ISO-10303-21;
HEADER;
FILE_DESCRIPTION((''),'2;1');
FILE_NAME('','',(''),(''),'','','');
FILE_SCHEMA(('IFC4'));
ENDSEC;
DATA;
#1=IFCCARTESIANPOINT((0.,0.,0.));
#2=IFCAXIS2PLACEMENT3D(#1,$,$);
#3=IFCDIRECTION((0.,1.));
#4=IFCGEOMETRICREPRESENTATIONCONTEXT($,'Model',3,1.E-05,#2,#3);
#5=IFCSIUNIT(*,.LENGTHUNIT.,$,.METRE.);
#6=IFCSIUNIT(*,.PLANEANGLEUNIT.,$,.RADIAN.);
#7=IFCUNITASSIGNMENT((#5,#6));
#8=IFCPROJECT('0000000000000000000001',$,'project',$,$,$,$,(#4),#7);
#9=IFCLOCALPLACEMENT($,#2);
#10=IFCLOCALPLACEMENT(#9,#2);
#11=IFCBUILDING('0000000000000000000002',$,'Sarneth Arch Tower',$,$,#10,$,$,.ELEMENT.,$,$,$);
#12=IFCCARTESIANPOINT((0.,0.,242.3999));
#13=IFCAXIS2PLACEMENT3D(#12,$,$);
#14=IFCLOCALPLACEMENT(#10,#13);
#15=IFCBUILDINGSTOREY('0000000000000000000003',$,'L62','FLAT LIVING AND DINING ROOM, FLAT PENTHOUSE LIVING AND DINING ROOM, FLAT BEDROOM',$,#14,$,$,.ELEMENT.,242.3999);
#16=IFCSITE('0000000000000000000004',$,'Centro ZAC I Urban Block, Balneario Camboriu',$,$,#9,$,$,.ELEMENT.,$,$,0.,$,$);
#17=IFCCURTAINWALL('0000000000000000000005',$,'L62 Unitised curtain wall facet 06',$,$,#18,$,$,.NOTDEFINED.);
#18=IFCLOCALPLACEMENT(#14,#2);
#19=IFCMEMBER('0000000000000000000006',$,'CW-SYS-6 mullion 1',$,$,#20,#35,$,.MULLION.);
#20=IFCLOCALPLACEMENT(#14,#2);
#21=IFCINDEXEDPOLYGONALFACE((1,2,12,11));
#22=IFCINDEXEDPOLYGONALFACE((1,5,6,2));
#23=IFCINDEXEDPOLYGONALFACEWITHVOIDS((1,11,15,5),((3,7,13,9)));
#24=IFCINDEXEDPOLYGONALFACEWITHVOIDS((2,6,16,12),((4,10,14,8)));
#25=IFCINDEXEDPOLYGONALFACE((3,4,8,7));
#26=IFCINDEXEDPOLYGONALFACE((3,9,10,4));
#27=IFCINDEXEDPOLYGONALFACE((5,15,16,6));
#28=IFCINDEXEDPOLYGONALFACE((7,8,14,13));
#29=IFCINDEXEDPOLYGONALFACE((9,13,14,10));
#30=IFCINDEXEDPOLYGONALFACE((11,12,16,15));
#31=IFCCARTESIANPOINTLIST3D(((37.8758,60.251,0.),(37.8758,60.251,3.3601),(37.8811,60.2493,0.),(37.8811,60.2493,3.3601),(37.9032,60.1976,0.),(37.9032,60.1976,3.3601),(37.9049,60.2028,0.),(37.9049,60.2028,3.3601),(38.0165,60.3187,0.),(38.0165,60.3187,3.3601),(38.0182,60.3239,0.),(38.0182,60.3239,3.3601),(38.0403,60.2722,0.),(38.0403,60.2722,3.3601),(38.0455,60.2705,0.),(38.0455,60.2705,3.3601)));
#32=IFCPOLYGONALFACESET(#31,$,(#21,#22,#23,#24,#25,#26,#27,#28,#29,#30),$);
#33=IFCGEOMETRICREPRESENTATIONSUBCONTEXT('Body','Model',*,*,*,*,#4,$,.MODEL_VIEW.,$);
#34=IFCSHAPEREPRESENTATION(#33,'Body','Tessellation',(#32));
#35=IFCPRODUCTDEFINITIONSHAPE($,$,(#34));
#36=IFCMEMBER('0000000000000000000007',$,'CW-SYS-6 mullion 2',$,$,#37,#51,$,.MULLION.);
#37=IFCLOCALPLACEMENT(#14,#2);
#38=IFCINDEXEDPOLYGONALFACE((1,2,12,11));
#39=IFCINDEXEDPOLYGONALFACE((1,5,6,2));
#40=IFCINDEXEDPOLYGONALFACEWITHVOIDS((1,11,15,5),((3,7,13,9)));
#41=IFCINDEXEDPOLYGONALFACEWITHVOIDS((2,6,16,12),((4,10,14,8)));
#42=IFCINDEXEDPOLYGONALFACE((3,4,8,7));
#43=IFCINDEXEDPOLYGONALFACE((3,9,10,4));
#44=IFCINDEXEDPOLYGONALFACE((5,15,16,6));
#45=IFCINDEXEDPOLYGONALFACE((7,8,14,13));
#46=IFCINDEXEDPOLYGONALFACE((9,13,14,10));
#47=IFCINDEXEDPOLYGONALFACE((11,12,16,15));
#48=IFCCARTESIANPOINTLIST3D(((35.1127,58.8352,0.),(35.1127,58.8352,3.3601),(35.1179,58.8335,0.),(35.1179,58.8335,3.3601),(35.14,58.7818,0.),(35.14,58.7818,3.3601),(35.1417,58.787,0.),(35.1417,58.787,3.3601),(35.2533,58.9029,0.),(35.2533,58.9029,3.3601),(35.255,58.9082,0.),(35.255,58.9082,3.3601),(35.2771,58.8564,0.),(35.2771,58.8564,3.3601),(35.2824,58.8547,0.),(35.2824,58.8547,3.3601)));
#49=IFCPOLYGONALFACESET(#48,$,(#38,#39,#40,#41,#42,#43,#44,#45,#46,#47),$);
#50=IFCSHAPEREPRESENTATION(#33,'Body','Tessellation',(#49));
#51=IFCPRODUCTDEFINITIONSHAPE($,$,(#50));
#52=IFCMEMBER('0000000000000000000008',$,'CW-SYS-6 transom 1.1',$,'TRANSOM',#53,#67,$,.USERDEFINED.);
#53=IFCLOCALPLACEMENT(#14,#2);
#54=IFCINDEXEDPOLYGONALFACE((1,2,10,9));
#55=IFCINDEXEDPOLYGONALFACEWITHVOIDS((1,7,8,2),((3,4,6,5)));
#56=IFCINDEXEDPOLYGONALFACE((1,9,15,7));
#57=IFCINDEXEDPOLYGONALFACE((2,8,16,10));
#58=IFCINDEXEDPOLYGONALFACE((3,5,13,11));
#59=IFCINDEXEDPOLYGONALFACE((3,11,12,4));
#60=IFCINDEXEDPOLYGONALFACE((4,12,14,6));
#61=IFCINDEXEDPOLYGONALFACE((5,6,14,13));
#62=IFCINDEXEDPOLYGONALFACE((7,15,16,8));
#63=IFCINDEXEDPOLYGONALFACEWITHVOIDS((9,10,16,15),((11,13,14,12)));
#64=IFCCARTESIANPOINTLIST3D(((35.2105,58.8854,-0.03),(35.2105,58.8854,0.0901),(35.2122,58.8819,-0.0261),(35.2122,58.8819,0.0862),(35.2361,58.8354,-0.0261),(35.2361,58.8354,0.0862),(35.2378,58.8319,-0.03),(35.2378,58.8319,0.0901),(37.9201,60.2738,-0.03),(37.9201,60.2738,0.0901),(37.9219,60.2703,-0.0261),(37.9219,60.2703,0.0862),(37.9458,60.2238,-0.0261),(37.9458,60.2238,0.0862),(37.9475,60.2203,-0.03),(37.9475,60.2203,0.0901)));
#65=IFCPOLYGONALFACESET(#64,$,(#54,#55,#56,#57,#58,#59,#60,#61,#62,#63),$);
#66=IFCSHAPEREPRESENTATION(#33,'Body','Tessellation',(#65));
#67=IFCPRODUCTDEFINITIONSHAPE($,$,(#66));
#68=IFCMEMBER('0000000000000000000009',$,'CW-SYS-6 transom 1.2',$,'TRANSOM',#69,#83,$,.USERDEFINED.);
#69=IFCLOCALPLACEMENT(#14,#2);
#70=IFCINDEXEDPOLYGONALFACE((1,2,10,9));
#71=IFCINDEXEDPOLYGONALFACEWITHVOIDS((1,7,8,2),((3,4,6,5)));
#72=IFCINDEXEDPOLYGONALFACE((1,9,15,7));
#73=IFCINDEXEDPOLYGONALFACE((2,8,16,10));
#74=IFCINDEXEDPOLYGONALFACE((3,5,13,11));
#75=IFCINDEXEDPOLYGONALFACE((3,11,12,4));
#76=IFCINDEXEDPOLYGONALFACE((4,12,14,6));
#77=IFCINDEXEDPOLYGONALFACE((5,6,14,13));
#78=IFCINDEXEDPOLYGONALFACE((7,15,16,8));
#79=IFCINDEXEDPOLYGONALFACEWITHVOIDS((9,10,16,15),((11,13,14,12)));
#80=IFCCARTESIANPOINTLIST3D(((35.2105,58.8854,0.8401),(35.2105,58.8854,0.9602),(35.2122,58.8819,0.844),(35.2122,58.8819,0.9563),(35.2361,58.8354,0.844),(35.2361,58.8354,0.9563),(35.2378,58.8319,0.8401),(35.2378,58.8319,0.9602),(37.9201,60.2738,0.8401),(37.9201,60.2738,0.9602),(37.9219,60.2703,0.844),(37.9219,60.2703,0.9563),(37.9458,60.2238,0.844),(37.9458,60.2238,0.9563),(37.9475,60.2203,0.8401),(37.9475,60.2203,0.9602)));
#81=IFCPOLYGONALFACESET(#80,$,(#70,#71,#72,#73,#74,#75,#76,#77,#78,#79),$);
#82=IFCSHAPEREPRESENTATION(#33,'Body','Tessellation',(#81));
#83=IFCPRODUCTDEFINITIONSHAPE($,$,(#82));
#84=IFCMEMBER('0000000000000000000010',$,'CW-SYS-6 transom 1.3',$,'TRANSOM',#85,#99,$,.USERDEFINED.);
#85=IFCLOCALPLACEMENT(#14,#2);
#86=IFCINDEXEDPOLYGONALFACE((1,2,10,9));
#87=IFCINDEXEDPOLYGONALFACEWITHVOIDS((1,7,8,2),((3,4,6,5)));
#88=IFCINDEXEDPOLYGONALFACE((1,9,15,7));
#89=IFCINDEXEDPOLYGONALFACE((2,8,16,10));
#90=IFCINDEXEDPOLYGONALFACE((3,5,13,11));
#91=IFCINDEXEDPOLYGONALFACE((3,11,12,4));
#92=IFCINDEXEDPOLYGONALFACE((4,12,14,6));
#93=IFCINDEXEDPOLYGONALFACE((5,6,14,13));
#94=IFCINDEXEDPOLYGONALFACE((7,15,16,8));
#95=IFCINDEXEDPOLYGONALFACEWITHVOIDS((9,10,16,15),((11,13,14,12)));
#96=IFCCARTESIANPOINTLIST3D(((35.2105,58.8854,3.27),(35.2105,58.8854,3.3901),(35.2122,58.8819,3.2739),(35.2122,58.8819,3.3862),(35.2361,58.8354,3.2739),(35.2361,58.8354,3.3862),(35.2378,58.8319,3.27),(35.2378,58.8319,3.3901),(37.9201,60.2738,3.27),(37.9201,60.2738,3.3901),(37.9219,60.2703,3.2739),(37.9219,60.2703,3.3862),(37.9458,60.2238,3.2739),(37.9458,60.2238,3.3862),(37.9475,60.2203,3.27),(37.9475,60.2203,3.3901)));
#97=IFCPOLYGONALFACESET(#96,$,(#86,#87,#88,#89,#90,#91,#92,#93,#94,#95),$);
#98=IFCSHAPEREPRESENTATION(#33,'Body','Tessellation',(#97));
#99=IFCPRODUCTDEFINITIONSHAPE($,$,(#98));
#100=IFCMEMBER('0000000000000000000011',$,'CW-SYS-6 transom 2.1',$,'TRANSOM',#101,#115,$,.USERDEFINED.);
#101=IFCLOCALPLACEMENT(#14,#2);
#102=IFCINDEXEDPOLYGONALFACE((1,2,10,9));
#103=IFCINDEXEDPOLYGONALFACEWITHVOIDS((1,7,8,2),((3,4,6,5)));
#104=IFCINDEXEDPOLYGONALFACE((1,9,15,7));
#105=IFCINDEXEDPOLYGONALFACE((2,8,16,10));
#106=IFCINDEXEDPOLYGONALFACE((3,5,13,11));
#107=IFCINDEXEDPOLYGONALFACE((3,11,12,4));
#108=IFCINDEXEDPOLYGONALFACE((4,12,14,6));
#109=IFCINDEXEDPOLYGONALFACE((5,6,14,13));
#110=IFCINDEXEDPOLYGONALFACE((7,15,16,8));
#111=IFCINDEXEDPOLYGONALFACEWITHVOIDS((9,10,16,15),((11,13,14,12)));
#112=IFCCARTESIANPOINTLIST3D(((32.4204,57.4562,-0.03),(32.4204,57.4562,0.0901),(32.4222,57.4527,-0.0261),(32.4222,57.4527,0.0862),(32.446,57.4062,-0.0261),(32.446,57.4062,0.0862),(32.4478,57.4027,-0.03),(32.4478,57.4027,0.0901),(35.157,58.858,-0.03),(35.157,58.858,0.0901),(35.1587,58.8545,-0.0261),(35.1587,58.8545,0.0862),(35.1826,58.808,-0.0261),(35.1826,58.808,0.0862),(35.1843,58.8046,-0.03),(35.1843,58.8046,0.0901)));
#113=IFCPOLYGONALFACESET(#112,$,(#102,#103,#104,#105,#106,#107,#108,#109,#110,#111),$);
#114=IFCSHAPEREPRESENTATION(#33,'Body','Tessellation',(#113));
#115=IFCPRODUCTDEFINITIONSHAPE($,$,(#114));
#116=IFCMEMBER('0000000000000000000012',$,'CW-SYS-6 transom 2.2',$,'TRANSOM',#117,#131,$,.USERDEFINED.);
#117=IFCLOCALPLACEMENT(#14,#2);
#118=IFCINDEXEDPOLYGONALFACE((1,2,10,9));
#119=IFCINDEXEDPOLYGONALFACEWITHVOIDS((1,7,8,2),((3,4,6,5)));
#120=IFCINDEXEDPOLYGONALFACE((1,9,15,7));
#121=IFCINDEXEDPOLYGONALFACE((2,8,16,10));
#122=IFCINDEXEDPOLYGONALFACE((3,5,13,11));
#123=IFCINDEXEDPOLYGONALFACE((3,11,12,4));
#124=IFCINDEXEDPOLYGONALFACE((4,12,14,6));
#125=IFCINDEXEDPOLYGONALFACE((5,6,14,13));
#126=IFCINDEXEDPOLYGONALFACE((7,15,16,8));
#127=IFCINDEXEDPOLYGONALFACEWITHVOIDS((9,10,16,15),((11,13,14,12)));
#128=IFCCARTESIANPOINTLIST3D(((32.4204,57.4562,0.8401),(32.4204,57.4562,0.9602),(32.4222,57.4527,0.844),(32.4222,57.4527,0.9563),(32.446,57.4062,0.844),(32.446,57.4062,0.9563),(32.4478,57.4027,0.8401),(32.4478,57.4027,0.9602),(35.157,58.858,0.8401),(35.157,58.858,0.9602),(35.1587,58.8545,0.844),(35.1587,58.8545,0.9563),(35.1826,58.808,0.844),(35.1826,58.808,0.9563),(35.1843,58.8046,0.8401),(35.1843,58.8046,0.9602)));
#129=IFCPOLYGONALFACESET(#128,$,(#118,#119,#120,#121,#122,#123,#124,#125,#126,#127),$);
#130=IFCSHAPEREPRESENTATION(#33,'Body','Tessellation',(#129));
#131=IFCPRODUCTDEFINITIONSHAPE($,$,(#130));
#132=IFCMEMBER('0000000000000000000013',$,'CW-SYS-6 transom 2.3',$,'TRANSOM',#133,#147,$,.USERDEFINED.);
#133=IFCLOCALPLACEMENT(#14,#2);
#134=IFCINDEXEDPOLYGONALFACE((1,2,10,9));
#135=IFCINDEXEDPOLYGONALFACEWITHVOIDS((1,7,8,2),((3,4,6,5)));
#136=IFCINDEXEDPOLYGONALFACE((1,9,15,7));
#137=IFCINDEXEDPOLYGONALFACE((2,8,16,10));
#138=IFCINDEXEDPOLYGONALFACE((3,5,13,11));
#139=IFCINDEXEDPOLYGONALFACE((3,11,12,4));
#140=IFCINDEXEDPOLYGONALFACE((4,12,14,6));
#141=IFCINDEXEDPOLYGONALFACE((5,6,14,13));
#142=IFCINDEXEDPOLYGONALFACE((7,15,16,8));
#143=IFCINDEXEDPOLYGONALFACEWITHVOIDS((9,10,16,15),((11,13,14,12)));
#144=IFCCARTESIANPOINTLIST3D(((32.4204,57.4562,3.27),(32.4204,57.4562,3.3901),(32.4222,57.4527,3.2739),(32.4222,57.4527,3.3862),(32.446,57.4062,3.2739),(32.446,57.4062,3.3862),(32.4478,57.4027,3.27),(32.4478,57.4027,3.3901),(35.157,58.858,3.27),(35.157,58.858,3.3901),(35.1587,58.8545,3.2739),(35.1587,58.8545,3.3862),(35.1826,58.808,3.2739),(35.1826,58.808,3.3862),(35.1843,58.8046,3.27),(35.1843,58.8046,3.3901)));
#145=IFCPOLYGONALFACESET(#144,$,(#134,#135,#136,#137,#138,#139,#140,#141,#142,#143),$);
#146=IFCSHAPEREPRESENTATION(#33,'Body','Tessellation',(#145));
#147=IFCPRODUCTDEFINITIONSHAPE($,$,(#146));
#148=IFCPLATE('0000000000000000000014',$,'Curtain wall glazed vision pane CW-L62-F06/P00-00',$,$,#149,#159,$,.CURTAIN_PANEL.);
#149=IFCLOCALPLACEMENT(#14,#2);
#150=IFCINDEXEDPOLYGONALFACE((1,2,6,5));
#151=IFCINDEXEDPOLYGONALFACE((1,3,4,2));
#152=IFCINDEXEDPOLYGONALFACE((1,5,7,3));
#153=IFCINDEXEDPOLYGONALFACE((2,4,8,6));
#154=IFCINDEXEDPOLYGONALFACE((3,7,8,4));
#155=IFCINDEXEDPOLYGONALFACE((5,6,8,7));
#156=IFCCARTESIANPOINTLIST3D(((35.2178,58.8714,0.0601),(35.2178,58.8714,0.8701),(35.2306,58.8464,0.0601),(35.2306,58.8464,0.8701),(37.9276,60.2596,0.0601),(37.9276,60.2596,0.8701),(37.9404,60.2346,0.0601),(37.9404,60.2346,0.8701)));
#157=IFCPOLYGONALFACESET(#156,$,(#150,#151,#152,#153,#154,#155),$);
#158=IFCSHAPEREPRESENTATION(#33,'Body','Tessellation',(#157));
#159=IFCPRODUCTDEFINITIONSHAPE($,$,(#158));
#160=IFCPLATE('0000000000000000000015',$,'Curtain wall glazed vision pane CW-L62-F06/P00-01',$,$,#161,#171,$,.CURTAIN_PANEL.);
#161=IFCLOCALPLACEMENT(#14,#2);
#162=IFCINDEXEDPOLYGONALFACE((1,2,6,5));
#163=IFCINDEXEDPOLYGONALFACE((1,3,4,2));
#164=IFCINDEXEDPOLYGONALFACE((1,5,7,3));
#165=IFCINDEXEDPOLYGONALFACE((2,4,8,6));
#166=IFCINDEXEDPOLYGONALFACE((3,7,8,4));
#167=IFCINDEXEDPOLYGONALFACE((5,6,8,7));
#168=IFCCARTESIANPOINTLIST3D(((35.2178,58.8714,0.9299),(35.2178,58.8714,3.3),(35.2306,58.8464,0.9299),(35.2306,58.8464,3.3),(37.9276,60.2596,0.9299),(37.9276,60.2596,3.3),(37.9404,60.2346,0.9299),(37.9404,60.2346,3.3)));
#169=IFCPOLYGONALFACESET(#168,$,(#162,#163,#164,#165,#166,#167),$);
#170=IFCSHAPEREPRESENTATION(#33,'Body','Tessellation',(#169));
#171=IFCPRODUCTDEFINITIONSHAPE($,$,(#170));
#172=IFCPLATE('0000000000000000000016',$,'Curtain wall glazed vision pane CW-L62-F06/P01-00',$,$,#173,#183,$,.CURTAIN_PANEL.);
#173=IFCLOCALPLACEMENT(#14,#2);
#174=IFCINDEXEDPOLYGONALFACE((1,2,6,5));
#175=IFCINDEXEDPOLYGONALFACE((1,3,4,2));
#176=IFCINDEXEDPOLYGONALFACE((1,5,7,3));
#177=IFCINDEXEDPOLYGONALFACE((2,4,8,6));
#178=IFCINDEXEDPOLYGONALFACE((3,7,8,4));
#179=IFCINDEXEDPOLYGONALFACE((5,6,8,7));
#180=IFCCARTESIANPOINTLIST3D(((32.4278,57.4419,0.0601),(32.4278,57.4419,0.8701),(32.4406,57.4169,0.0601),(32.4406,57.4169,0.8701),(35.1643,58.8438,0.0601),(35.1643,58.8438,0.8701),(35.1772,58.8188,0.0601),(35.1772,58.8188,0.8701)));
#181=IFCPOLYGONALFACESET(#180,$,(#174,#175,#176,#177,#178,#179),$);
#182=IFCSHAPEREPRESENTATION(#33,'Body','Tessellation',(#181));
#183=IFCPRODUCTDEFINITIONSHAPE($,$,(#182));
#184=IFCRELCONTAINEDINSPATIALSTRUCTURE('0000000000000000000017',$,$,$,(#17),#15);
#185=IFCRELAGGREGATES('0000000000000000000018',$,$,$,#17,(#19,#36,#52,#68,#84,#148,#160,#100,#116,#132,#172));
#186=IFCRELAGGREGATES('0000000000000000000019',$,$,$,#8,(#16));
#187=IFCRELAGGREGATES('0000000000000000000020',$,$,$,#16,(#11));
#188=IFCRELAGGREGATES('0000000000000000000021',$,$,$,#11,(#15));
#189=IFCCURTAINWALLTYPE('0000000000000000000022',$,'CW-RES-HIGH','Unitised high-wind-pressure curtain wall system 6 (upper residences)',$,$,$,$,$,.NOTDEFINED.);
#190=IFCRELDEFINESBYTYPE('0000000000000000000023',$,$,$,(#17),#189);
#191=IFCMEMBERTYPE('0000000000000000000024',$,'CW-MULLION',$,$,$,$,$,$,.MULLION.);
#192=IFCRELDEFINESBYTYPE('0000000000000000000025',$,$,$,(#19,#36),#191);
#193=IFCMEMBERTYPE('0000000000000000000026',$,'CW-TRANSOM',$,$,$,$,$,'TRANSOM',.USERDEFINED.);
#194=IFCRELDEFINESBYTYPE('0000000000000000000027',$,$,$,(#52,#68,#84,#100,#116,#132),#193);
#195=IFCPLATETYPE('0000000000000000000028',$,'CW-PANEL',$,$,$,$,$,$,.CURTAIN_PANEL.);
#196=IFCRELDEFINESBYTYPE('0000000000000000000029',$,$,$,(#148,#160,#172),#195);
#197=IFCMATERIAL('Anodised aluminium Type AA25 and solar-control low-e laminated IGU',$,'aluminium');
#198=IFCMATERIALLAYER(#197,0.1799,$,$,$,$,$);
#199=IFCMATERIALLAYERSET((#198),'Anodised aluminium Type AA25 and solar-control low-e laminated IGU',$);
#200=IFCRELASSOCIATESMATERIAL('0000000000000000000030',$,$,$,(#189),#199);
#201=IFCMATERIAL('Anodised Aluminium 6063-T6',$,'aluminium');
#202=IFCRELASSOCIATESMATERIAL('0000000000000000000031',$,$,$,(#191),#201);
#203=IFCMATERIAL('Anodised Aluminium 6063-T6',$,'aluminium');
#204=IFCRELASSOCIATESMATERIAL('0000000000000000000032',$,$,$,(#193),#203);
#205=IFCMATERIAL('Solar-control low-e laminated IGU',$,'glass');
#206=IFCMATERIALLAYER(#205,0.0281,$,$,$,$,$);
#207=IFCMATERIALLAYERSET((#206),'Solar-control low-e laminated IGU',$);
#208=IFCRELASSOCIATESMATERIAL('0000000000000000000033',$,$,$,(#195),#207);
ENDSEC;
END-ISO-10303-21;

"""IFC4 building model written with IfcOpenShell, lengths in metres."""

from ifc_helpers import new_model, si_unit, direction, frame, origin, origin_2d, place, context, subcontext, project, spatial, rectangle, hollow_rectangle, extrude, material, layer, layer_set, material_profile, profile_set, type_object, element, aggregate, save


model = new_model("IFC4")

# Units and contexts
model_context = context("Model", 3, precision=1e-05, world=origin(), true_north=direction((0.0, 1.0)))
body_context = subcontext(model_context, "Body", "Model", "MODEL_VIEW")
ifc_project = project(units=[si_unit("LENGTHUNIT", "METRE"), si_unit("PLANEANGLEUNIT", "RADIAN")], contexts=[model_context])

# Site, building, storey
site_placement = place(None, origin())
site = spatial("IfcSite", under=ifc_project, at=site_placement, Name="Centro ZAC I Urban Block, Balneario Camboriu", CompositionType="ELEMENT", RefElevation=0.0)
building_placement = place(site_placement, origin())
building = spatial("IfcBuilding", under=site, at=building_placement, Name="Sarneth Arch Tower", CompositionType="ELEMENT")
storey_placement = place(building_placement, frame((0.0, 0.0, 242.3999)))
storey = spatial("IfcBuildingStorey", under=building, at=storey_placement, Name="L62", Description="FLAT LIVING AND DINING ROOM, FLAT PENTHOUSE LIVING AND DINING ROOM, FLAT BEDROOM", CompositionType="ELEMENT", Elevation=242.3999)

# Curtain wall, members, plates
ifc_material_1 = material(Name="Anodised aluminium Type AA25 and solar-control low-e laminated IGU", Category="aluminium")
ifc_layer_1 = layer(ifc_material_1, 0.1799)
ifc_layer_set_1 = layer_set([ifc_layer_1], Name="Anodised aluminium Type AA25 and solar-control low-e laminated IGU")
curtain_wall_type = type_object("IfcCurtainWallType", Name="CW-RES-HIGH", Description="Unitised high-wind-pressure curtain wall system 6 (upper residences)", PredefinedType="NOTDEFINED", material=ifc_layer_set_1)
curtain_wall_placement = place(storey_placement, origin())
curtain_wall = element("IfcCurtainWall", 1, at=curtain_wall_placement, inside=storey, type_object=curtain_wall_type, Name="L62 Unitised curtain wall facet 06", PredefinedType="NOTDEFINED")
ifc_material_2 = material(Name="Anodised Aluminium 6063-T6", Category="aluminium")
ifc_material_profile_1 = material_profile(ifc_material_2, hollow_rectangle(XDim=0.0601, YDim=0.1599, WallThickness=0.0039, at=origin_2d()), Name="AL-MULL-160x60x4")
ifc_profile_set_1 = profile_set([ifc_material_profile_1], Name="Anodised Aluminium 6063-T6")
member_type_1 = type_object("IfcMemberType", Name="CW-MULLION", PredefinedType="MULLION", material=ifc_profile_set_1)
member_1_placement = place(storey_placement, frame((37.9607, 60.2607, 0.0), z_axis=(0.0, 0.0, 1.0), x_axis=(0.455942, -0.89001, 0.0)))
member_1 = element("IfcMember", 2, at=member_1_placement, type_object=member_type_1, Name="CW-SYS-6 mullion 1", PredefinedType="MULLION", context=body_context, shape_type="SweptSolid", body=[
    extrude(hollow_rectangle(XDim=0.0601, YDim=0.1599, WallThickness=0.0039, at=origin_2d()), origin(), (0.0, 0.0, 1.0), 3.3601),
])
member_2_placement = place(storey_placement, frame((35.1975, 58.845, 0.0), z_axis=(0.0, 0.0, 1.0), x_axis=(0.455942, -0.89001, 0.0)))
member_2 = element("IfcMember", 3, at=member_2_placement, type_object=member_type_1, Name="CW-SYS-6 mullion 2", PredefinedType="MULLION", context=body_context, shape_type="SweptSolid", body=[
    extrude(hollow_rectangle(XDim=0.0601, YDim=0.1599, WallThickness=0.0039, at=origin_2d()), origin(), (0.0, 0.0, 1.0), 3.3601),
])
ifc_material_3 = material(Name="Anodised Aluminium 6063-T6", Category="aluminium")
ifc_material_profile_2 = material_profile(ifc_material_3, hollow_rectangle(XDim=0.0601, YDim=0.1201, WallThickness=0.0039, at=origin_2d()), Name="AL-TRAN-120x60x4")
ifc_profile_set_2 = profile_set([ifc_material_profile_2], Name="Anodised Aluminium 6063-T6")
member_type_2 = type_object("IfcMemberType", Name="CW-TRANSOM", ElementType="TRANSOM", PredefinedType="USERDEFINED", material=ifc_profile_set_2)
member_3_placement = place(storey_placement, frame((37.9338, 60.2471, 0.03), z_axis=(-0.889974, -0.456012, 0.0), x_axis=(0.456012, -0.889974, 0.0)))
member_3 = element("IfcMember", 4, at=member_3_placement, type_object=member_type_2, Name="CW-SYS-6 transom 1.1", ObjectType="TRANSOM", PredefinedType="USERDEFINED", context=body_context, shape_type="SweptSolid", body=[
    extrude(hollow_rectangle(XDim=0.0601, YDim=0.1201, WallThickness=0.0039, at=origin_2d()), origin(), (0.0, 0.0, 1.0), 3.0447),
])
member_4_placement = place(storey_placement, frame((37.9338, 60.2471, 0.9001), z_axis=(-0.889974, -0.456012, 0.0), x_axis=(0.456012, -0.889974, 0.0)))
member_4 = element("IfcMember", 5, at=member_4_placement, type_object=member_type_2, Name="CW-SYS-6 transom 1.2", ObjectType="TRANSOM", PredefinedType="USERDEFINED", context=body_context, shape_type="SweptSolid", body=[
    extrude(hollow_rectangle(XDim=0.0601, YDim=0.1201, WallThickness=0.0039, at=origin_2d()), origin(), (0.0, 0.0, 1.0), 3.0447),
])
member_5_placement = place(storey_placement, frame((37.9338, 60.2471, 3.3301), z_axis=(-0.889974, -0.456012, 0.0), x_axis=(0.456012, -0.889974, 0.0)))
member_5 = element("IfcMember", 6, at=member_5_placement, type_object=member_type_2, Name="CW-SYS-6 transom 1.3", ObjectType="TRANSOM", PredefinedType="USERDEFINED", context=body_context, shape_type="SweptSolid", body=[
    extrude(hollow_rectangle(XDim=0.0601, YDim=0.1201, WallThickness=0.0039, at=origin_2d()), origin(), (0.0, 0.0, 1.0), 3.0447),
])
member_6_placement = place(storey_placement, frame((35.1707, 58.8313, 0.03), z_axis=(-0.890017, -0.455926, 0.0), x_axis=(0.455926, -0.890017, 0.0)))
member_6 = element("IfcMember", 7, at=member_6_placement, type_object=member_type_2, Name="CW-SYS-6 transom 2.1", ObjectType="TRANSOM", PredefinedType="USERDEFINED", context=body_context, shape_type="SweptSolid", body=[
    extrude(hollow_rectangle(XDim=0.0601, YDim=0.1201, WallThickness=0.0039, at=origin_2d()), origin(), (0.0, 0.0, 1.0), 3.0747),
])
member_7_placement = place(storey_placement, frame((35.1707, 58.8313, 0.9001), z_axis=(-0.890017, -0.455926, 0.0), x_axis=(0.455926, -0.890017, 0.0)))
member_7 = element("IfcMember", 8, at=member_7_placement, type_object=member_type_2, Name="CW-SYS-6 transom 2.2", ObjectType="TRANSOM", PredefinedType="USERDEFINED", context=body_context, shape_type="SweptSolid", body=[
    extrude(hollow_rectangle(XDim=0.0601, YDim=0.1201, WallThickness=0.0039, at=origin_2d()), origin(), (0.0, 0.0, 1.0), 3.0747),
])
member_8_placement = place(storey_placement, frame((35.1707, 58.8313, 3.3301), z_axis=(-0.890017, -0.455926, 0.0), x_axis=(0.455926, -0.890017, 0.0)))
member_8 = element("IfcMember", 9, at=member_8_placement, type_object=member_type_2, Name="CW-SYS-6 transom 2.3", ObjectType="TRANSOM", PredefinedType="USERDEFINED", context=body_context, shape_type="SweptSolid", body=[
    extrude(hollow_rectangle(XDim=0.0601, YDim=0.1201, WallThickness=0.0039, at=origin_2d()), origin(), (0.0, 0.0, 1.0), 3.0747),
])
ifc_material_4 = material(Name="Solar-control low-e laminated IGU", Category="glass")
ifc_layer_2 = layer(ifc_material_4, 0.0281)
ifc_layer_set_2 = layer_set([ifc_layer_2], Name="Solar-control low-e laminated IGU")
plate_type = type_object("IfcPlateType", Name="CW-PANEL", PredefinedType="CURTAIN_PANEL", material=ifc_layer_set_2)
plate_1_placement = place(storey_placement, frame((36.5791, 59.553, 0.0601), z_axis=(0.0, 0.0, 1.0), x_axis=(-0.89001, -0.455942, 0.0)))
plate_1 = element("IfcPlate", 10, at=plate_1_placement, type_object=plate_type, Name="Curtain wall glazed vision pane CW-L62-F06/P00-00", PredefinedType="CURTAIN_PANEL", context=body_context, shape_type="SweptSolid", body=[
    extrude(rectangle(XDim=3.0447, YDim=0.0281, at=origin_2d()), origin(), (0.0, 0.0, 1.0), 0.8101),
])
plate_2_placement = place(storey_placement, frame((36.5791, 59.553, 0.9299), z_axis=(0.0, 0.0, 1.0), x_axis=(-0.89001, -0.455942, 0.0)))
plate_2 = element("IfcPlate", 11, at=plate_2_placement, type_object=plate_type, Name="Curtain wall glazed vision pane CW-L62-F06/P00-01", PredefinedType="CURTAIN_PANEL", context=body_context, shape_type="SweptSolid", body=[
    extrude(rectangle(XDim=3.0447, YDim=0.0281, at=origin_2d()), origin(), (0.0, 0.0, 1.0), 2.3701),
])
plate_3_placement = place(storey_placement, frame((33.8025, 58.1304, 0.0601), z_axis=(0.0, 0.0, 1.0), x_axis=(-0.89001, -0.455942, 0.0)))
plate_3 = element("IfcPlate", 12, at=plate_3_placement, type_object=plate_type, Name="Curtain wall glazed vision pane CW-L62-F06/P01-00", PredefinedType="CURTAIN_PANEL", context=body_context, shape_type="SweptSolid", body=[
    extrude(rectangle(XDim=3.0747, YDim=0.0281, at=origin_2d()), origin(), (0.0, 0.0, 1.0), 0.8101),
])
aggregate(curtain_wall, [member_1, member_2, member_3, member_4, member_5, plate_1, plate_2, member_6, member_7, member_8, plate_3])

save(model, "model.ifc")
